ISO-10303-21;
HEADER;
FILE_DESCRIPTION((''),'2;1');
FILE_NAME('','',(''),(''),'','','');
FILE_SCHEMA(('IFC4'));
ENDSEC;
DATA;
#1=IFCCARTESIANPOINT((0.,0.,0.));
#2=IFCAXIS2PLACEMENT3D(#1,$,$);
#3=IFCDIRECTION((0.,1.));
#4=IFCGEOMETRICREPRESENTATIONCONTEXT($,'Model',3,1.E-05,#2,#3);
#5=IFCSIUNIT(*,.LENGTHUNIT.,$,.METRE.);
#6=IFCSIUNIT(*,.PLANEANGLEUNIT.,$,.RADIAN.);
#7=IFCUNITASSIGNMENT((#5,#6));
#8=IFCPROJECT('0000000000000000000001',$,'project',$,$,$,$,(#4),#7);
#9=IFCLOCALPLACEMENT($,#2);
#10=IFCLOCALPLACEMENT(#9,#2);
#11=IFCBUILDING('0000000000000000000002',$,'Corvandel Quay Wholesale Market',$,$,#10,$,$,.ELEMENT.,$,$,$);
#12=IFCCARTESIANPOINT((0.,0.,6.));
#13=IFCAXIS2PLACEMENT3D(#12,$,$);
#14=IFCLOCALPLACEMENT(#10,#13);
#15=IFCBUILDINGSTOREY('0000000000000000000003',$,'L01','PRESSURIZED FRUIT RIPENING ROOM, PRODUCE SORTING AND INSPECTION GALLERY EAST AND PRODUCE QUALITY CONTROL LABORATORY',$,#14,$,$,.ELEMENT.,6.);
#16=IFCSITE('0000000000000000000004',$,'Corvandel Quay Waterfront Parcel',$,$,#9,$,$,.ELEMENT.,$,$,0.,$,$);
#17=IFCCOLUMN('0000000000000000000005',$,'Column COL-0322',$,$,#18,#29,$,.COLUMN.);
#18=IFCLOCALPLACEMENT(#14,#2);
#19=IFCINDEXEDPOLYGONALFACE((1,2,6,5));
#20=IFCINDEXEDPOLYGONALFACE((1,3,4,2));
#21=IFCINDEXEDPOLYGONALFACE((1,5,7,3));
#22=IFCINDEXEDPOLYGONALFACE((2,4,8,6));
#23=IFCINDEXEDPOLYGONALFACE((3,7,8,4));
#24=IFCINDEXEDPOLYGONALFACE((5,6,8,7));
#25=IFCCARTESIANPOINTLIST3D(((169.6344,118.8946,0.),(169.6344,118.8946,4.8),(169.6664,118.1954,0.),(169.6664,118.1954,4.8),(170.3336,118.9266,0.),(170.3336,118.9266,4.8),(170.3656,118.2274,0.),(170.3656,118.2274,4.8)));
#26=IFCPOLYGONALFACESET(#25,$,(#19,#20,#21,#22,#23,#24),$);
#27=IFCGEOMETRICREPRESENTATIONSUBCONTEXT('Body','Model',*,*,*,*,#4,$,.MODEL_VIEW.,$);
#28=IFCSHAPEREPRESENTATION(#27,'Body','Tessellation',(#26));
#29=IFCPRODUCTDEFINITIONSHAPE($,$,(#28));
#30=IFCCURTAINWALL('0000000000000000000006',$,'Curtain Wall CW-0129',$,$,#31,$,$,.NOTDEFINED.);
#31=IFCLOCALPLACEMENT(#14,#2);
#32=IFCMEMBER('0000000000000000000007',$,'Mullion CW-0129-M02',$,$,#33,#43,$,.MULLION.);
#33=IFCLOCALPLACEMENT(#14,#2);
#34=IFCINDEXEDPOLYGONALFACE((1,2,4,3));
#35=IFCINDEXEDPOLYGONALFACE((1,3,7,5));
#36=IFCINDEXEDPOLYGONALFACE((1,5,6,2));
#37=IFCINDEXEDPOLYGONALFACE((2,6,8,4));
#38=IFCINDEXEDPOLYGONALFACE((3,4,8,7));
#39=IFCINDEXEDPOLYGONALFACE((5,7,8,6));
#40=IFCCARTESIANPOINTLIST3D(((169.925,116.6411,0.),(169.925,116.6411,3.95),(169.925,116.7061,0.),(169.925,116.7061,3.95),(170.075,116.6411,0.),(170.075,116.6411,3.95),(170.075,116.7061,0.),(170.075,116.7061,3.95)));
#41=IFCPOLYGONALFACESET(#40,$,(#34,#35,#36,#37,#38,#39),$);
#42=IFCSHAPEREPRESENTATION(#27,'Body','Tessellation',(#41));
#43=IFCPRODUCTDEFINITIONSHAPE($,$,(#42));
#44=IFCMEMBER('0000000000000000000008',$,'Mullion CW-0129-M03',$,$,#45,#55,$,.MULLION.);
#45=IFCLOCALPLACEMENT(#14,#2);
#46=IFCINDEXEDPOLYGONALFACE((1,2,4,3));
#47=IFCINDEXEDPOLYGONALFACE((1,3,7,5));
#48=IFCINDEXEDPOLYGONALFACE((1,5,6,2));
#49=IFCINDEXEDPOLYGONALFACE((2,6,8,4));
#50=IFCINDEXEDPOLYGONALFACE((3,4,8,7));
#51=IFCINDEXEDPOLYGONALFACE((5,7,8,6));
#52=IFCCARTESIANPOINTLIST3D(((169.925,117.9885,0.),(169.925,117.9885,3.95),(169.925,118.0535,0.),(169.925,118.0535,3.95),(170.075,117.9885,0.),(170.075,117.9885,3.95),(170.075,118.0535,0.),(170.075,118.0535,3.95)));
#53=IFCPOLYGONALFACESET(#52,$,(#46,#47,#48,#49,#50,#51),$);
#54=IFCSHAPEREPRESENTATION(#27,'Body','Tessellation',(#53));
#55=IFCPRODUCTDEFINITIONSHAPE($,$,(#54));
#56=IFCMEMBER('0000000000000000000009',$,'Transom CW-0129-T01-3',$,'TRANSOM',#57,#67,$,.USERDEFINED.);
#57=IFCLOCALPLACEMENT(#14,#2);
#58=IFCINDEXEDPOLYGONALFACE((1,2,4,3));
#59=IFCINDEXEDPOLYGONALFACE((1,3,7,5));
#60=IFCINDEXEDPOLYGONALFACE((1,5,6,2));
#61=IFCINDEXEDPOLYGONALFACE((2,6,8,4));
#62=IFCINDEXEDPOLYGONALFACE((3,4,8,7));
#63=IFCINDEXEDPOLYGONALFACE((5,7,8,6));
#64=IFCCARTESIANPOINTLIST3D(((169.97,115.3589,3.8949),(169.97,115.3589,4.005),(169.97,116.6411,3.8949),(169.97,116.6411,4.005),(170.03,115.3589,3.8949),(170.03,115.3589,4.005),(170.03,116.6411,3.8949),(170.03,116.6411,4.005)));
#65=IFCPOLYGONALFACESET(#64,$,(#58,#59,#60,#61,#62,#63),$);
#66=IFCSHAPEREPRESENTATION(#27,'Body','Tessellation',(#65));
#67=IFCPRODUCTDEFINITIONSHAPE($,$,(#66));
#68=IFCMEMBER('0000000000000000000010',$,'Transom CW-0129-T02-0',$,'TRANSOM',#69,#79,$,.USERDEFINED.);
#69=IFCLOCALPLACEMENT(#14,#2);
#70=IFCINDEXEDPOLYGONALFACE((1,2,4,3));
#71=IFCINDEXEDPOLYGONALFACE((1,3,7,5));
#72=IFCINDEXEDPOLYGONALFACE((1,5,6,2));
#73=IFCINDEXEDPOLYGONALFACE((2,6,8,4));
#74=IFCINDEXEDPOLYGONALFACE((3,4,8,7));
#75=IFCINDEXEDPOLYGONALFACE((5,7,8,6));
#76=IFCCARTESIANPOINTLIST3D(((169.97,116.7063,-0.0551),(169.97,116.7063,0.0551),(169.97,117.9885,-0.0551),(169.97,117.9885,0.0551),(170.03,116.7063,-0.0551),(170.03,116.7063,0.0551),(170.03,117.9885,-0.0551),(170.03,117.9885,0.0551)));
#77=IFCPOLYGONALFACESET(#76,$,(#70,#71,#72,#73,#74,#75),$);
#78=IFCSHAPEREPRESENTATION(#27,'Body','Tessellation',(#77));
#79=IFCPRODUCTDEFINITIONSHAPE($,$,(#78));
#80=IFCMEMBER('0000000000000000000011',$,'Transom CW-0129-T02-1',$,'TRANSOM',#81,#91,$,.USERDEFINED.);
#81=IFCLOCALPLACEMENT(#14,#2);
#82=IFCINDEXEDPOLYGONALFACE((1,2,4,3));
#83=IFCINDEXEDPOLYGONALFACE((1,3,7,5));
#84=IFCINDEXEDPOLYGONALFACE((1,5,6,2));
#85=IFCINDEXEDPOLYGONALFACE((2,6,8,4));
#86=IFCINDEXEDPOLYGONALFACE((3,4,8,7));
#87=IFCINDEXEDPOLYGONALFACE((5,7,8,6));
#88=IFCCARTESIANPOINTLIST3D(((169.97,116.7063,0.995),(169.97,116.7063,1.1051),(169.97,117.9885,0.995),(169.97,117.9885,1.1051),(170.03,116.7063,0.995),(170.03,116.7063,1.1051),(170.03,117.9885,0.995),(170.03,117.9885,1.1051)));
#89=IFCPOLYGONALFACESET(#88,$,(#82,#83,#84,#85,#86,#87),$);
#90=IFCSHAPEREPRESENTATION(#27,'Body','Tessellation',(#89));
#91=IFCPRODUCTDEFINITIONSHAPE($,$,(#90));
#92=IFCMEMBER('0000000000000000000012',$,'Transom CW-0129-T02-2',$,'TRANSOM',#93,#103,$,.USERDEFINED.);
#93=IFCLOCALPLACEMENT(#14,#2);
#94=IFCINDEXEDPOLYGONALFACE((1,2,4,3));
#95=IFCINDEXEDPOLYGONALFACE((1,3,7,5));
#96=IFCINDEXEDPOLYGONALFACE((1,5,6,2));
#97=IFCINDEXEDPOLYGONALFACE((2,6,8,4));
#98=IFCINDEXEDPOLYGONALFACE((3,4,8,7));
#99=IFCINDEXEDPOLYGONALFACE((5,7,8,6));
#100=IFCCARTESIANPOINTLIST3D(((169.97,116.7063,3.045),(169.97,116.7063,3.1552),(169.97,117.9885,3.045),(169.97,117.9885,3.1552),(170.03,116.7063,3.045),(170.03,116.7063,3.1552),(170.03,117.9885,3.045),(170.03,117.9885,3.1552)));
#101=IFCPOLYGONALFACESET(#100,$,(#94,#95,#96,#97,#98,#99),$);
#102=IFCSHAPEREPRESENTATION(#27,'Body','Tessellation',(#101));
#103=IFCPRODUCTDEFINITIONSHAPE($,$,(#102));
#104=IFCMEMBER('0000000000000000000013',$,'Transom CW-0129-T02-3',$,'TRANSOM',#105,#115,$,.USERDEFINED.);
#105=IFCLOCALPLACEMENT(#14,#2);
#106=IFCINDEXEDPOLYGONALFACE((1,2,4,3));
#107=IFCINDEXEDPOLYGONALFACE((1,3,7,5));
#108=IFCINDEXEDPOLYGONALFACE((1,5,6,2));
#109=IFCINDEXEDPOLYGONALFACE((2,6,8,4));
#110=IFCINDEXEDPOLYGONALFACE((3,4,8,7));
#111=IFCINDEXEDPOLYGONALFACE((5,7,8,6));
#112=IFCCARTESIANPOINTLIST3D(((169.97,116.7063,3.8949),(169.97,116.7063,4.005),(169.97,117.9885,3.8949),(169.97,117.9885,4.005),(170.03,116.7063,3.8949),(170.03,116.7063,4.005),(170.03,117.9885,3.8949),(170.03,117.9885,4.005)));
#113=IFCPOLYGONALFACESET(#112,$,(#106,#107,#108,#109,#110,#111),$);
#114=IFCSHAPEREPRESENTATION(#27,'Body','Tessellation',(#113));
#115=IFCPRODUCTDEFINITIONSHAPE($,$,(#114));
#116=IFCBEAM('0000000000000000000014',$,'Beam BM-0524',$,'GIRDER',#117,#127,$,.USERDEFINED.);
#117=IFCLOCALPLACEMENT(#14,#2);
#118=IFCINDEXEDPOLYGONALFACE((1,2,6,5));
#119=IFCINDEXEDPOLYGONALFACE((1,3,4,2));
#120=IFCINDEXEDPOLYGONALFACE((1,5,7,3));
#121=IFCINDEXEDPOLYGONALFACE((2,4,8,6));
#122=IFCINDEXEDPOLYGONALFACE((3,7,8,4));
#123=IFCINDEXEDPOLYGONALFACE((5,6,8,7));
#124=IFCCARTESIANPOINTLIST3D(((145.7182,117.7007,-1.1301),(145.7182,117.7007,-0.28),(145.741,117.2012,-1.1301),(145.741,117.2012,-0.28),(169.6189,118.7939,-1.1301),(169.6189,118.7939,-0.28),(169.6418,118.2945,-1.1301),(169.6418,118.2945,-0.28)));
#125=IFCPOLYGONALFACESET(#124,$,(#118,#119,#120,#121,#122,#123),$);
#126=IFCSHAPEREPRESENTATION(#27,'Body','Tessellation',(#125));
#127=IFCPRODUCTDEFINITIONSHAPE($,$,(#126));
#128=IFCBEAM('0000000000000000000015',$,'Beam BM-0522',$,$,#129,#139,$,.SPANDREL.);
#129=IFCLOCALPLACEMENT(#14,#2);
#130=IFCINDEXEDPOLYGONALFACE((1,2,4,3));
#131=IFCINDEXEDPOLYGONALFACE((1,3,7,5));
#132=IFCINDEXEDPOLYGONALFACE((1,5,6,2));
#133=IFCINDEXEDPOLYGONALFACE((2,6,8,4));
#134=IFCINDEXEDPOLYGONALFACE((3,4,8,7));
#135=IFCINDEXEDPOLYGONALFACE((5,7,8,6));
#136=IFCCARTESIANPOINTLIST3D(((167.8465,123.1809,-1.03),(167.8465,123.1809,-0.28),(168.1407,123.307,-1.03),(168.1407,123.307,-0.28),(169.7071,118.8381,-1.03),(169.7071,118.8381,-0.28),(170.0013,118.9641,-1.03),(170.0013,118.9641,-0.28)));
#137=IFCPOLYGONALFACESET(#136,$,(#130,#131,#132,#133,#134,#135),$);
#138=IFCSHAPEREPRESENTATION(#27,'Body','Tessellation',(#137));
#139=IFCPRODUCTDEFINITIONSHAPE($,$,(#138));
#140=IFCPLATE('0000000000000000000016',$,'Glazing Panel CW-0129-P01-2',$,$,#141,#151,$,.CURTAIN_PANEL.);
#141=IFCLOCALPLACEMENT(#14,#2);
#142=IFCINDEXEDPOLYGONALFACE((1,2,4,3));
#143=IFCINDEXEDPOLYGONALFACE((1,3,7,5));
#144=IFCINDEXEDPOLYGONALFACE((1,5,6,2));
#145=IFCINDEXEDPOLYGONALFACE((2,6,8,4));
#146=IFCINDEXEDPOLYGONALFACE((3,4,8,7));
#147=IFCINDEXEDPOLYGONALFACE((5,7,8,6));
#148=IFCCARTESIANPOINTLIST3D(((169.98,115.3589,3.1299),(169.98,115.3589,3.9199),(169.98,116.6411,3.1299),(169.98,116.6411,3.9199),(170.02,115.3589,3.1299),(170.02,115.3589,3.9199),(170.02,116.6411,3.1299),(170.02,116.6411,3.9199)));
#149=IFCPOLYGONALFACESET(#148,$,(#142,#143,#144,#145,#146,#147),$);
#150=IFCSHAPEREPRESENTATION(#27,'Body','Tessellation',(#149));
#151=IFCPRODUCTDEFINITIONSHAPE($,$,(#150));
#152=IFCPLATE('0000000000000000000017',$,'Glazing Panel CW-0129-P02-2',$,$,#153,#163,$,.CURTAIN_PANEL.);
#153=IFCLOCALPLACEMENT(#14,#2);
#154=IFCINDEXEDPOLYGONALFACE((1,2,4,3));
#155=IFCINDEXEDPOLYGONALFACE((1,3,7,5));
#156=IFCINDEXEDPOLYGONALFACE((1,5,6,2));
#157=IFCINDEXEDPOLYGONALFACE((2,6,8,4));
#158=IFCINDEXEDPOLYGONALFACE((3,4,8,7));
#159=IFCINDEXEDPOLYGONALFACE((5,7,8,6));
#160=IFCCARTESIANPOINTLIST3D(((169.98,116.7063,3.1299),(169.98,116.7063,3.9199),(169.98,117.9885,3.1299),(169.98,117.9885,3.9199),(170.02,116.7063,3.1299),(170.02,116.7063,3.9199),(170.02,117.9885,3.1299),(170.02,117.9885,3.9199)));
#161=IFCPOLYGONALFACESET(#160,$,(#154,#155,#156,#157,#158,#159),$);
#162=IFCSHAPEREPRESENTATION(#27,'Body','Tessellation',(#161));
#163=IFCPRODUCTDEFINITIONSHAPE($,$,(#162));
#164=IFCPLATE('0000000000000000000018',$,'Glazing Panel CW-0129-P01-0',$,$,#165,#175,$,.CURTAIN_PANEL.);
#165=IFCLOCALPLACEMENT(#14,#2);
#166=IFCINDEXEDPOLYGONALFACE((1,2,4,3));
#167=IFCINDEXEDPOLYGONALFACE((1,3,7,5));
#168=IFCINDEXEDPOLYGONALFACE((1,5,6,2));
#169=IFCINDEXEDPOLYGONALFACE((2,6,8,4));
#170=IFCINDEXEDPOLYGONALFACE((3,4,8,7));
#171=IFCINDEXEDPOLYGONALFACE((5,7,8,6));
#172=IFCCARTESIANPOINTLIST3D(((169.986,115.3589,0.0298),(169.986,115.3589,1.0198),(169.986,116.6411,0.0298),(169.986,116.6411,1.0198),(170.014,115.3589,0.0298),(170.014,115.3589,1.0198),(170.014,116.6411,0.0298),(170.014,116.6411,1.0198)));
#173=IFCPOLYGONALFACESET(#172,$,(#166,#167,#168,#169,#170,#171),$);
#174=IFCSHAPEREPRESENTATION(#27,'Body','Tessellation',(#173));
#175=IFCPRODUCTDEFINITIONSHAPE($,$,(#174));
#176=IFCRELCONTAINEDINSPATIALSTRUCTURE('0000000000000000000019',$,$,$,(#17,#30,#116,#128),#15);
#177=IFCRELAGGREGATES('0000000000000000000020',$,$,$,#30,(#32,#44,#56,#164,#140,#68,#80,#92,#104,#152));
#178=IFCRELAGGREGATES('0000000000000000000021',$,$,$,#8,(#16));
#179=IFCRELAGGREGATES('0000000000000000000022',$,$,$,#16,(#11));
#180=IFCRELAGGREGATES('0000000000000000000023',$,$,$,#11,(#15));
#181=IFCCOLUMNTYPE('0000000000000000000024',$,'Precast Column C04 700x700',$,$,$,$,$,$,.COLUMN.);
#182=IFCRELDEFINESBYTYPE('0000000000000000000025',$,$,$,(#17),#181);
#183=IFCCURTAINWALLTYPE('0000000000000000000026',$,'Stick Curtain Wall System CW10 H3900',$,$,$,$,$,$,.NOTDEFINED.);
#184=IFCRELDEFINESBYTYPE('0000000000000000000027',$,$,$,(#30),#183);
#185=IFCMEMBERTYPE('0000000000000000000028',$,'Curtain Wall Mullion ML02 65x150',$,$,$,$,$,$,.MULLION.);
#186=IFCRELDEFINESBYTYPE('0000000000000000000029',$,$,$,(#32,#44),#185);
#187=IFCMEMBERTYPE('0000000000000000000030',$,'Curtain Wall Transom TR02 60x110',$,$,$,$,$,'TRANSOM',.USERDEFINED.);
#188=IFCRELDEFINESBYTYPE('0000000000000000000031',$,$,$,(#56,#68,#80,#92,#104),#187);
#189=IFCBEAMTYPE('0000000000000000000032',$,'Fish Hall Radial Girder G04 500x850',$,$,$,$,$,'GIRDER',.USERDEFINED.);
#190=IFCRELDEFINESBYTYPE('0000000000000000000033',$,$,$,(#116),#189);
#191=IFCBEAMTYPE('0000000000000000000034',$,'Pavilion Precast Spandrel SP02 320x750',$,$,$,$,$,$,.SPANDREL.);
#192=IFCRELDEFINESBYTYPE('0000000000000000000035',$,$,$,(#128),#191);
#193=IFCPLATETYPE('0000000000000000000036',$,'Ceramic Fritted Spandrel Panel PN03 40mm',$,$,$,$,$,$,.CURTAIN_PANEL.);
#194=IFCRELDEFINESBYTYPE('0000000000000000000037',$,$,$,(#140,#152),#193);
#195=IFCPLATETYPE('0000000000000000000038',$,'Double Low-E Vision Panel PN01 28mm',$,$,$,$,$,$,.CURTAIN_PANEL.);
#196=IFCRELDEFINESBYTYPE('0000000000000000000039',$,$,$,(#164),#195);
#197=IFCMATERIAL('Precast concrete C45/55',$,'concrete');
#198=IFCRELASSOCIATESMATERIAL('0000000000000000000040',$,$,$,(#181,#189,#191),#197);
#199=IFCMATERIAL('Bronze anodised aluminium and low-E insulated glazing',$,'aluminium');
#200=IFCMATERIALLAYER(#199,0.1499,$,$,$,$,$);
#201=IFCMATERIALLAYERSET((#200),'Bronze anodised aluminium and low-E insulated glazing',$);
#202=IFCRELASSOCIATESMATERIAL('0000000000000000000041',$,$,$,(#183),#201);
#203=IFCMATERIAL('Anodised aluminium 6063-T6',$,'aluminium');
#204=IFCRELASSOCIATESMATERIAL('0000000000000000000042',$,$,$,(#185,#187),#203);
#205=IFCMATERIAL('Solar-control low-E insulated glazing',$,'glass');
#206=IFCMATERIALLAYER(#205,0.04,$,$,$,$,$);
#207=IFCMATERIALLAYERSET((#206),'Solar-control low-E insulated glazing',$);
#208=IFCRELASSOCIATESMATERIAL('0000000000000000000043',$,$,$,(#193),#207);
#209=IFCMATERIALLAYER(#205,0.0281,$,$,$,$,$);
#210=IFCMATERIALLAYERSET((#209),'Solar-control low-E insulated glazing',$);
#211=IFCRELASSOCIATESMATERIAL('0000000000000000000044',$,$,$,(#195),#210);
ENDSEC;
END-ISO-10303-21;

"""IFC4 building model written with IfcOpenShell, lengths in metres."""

from ifc_helpers import new_model, si_unit, direction, frame, origin, origin_2d, place, context, subcontext, project, spatial, rectangle, extrude, material, layer, layer_set, material_profile, profile_set, type_object, element, aggregate, save


model = new_model("IFC4")

# Units and contexts
model_context = context("Model", 3, precision=1e-05, world=origin(), true_north=direction((0.0, 1.0)))
body_context = subcontext(model_context, "Body", "Model", "MODEL_VIEW")
ifc_project = project(units=[si_unit("LENGTHUNIT", "METRE"), si_unit("PLANEANGLEUNIT", "RADIAN")], contexts=[model_context])

# Site, building, storey
site_placement = place(None, origin())
site = spatial("IfcSite", under=ifc_project, at=site_placement, Name="Corvandel Quay Waterfront Parcel", CompositionType="ELEMENT", RefElevation=0.0)
building_placement = place(site_placement, origin())
building = spatial("IfcBuilding", under=site, at=building_placement, Name="Corvandel Quay Wholesale Market", CompositionType="ELEMENT")
storey_placement = place(building_placement, frame((0.0, 0.0, 6.0)))
storey = spatial("IfcBuildingStorey", under=building, at=storey_placement, Name="L01", Description="PRESSURIZED FRUIT RIPENING ROOM, PRODUCE SORTING AND INSPECTION GALLERY EAST AND PRODUCE QUALITY CONTROL LABORATORY", CompositionType="ELEMENT", Elevation=6.0)

# Column
ifc_material_1 = material(Name="Precast concrete C45/55", Category="concrete")
ifc_material_profile_1 = material_profile(ifc_material_1, rectangle(XDim=0.7, YDim=0.7, at=origin_2d()), Name="PC-COL-700x700")
ifc_profile_set_1 = profile_set([ifc_material_profile_1], Name="Precast concrete C45/55")
column_type = type_object("IfcColumnType", Name="Precast Column C04 700x700", PredefinedType="COLUMN", material=ifc_profile_set_1)
column_placement = place(storey_placement, frame((170.0, 118.561, 0.0), z_axis=(0.0, 0.0, 1.0), x_axis=(-0.045712, 0.998955, 0.0)))
element("IfcColumn", 1, at=column_placement, inside=storey, type_object=column_type, Name="Column COL-0322", PredefinedType="COLUMN", context=body_context, shape_type="SweptSolid", body=[
    extrude(rectangle(XDim=0.7, YDim=0.7, at=origin_2d()), origin(), (0.0, 0.0, 1.0), 4.8),
])

# Curtain wall, members
ifc_material_2 = material(Name="Bronze anodised aluminium and low-E insulated glazing", Category="aluminium")
ifc_layer_1 = layer(ifc_material_2, 0.1499)
ifc_layer_set_1 = layer_set([ifc_layer_1], Name="Bronze anodised aluminium and low-E insulated glazing")
curtain_wall_type = type_object("IfcCurtainWallType", Name="Stick Curtain Wall System CW10 H3900", PredefinedType="NOTDEFINED", material=ifc_layer_set_1)
curtain_wall_placement = place(storey_placement, origin())
curtain_wall = element("IfcCurtainWall", 2, at=curtain_wall_placement, inside=storey, type_object=curtain_wall_type, Name="Curtain Wall CW-0129", PredefinedType="NOTDEFINED")
ifc_material_3 = material(Name="Anodised aluminium 6063-T6", Category="aluminium")
ifc_material_profile_2 = material_profile(ifc_material_3, rectangle(XDim=0.0649, YDim=0.1499, at=origin_2d()), Name="ALU-MUL-65x150")
ifc_profile_set_2 = profile_set([ifc_material_profile_2], Name="Anodised aluminium 6063-T6")
member_type_1 = type_object("IfcMemberType", Name="Curtain Wall Mullion ML02 65x150", PredefinedType="MULLION", material=ifc_profile_set_2)
member_1_placement = place(storey_placement, frame((170.0, 116.6736, 0.0), z_axis=(0.0, 0.0, 1.0), x_axis=(0.0, 1.0, 0.0)))
member_1 = element("IfcMember", 3, at=member_1_placement, type_object=member_type_1, Name="Mullion CW-0129-M02", PredefinedType="MULLION", context=body_context, shape_type="SweptSolid", body=[
    extrude(rectangle(XDim=0.0649, YDim=0.1499, at=origin_2d()), origin(), (0.0, 0.0, 1.0), 3.95),
])
member_2_placement = place(storey_placement, frame((170.0, 118.021, 0.0), z_axis=(0.0, 0.0, 1.0), x_axis=(0.0, 1.0, 0.0)))
member_2 = element("IfcMember", 4, at=member_2_placement, type_object=member_type_1, Name="Mullion CW-0129-M03", PredefinedType="MULLION", context=body_context, shape_type="SweptSolid", body=[
    extrude(rectangle(XDim=0.0649, YDim=0.1499, at=origin_2d()), origin(), (0.0, 0.0, 1.0), 3.95),
])
ifc_material_profile_3 = material_profile(ifc_material_3, rectangle(XDim=0.0601, YDim=0.1101, at=origin_2d()), Name="ALU-TRN-60x110")
ifc_profile_set_3 = profile_set([ifc_material_profile_3], Name="Anodised aluminium 6063-T6")
member_type_2 = type_object("IfcMemberType", Name="Curtain Wall Transom TR02 60x110", ElementType="TRANSOM", PredefinedType="USERDEFINED", material=ifc_profile_set_3)
member_3_placement = place(storey_placement, frame((170.0, 115.3589, 3.95), z_axis=(0.0, 1.0, 0.0), x_axis=(-1.0, 0.0, 0.0)))
member_3 = element("IfcMember", 5, at=member_3_placement, type_object=member_type_2, Name="Transom CW-0129-T01-3", ObjectType="TRANSOM", PredefinedType="USERDEFINED", context=body_context, shape_type="SweptSolid", body=[
    extrude(rectangle(XDim=0.0601, YDim=0.1101, at=origin_2d()), origin(), (0.0, 0.0, 1.0), 1.2822),
])
member_4_placement = place(storey_placement, frame((170.0, 116.7063, 0.0), z_axis=(0.0, 1.0, 0.0), x_axis=(-1.0, 0.0, 0.0)))
member_4 = element("IfcMember", 6, at=member_4_placement, type_object=member_type_2, Name="Transom CW-0129-T02-0", ObjectType="TRANSOM", PredefinedType="USERDEFINED", context=body_context, shape_type="SweptSolid", body=[
    extrude(rectangle(XDim=0.0601, YDim=0.1101, at=origin_2d()), origin(), (0.0, 0.0, 1.0), 1.2822),
])
member_5_placement = place(storey_placement, frame((170.0, 116.7063, 1.05), z_axis=(0.0, 1.0, 0.0), x_axis=(-1.0, 0.0, 0.0)))
member_5 = element("IfcMember", 7, at=member_5_placement, type_object=member_type_2, Name="Transom CW-0129-T02-1", ObjectType="TRANSOM", PredefinedType="USERDEFINED", context=body_context, shape_type="SweptSolid", body=[
    extrude(rectangle(XDim=0.0601, YDim=0.1101, at=origin_2d()), origin(), (0.0, 0.0, 1.0), 1.2822),
])
member_6_placement = place(storey_placement, frame((170.0, 116.7063, 3.1001), z_axis=(0.0, 1.0, 0.0), x_axis=(-1.0, 0.0, 0.0)))
member_6 = element("IfcMember", 8, at=member_6_placement, type_object=member_type_2, Name="Transom CW-0129-T02-2", ObjectType="TRANSOM", PredefinedType="USERDEFINED", context=body_context, shape_type="SweptSolid", body=[
    extrude(rectangle(XDim=0.0601, YDim=0.1101, at=origin_2d()), origin(), (0.0, 0.0, 1.0), 1.2822),
])
member_7_placement = place(storey_placement, frame((170.0, 116.7063, 3.95), z_axis=(0.0, 1.0, 0.0), x_axis=(-1.0, 0.0, 0.0)))
member_7 = element("IfcMember", 9, at=member_7_placement, type_object=member_type_2, Name="Transom CW-0129-T02-3", ObjectType="TRANSOM", PredefinedType="USERDEFINED", context=body_context, shape_type="SweptSolid", body=[
    extrude(rectangle(XDim=0.0601, YDim=0.1101, at=origin_2d()), origin(), (0.0, 0.0, 1.0), 1.2822),
])

# Beams
ifc_material_profile_4 = material_profile(ifc_material_1, rectangle(XDim=0.5, YDim=0.8501, at=origin_2d()), Name="PC-GIR-500x850")
ifc_profile_set_4 = profile_set([ifc_material_profile_4], Name="Precast concrete C45/55")
beam_type_1 = type_object("IfcBeamType", Name="Fish Hall Radial Girder G04 500x850", ElementType="GIRDER", PredefinedType="USERDEFINED", material=ifc_profile_set_4)
beam_1_placement = place(storey_placement, frame((169.6304, 118.5442, -0.7051), z_axis=(-0.998955, -0.045694, 0.0), x_axis=(0.045694, -0.998955, 0.0)))
element("IfcBeam", 10, at=beam_1_placement, inside=storey, type_object=beam_type_1, Name="Beam BM-0524", ObjectType="GIRDER", PredefinedType="USERDEFINED", context=body_context, shape_type="SweptSolid", body=[
    extrude(rectangle(XDim=0.5, YDim=0.8501, at=origin_2d()), origin(), (0.0, 0.0, 1.0), 23.9258),
])
ifc_material_profile_5 = material_profile(ifc_material_1, rectangle(XDim=0.3201, YDim=0.75, at=origin_2d()), Name="PC-SPN-320x750")
ifc_profile_set_5 = profile_set([ifc_material_profile_5], Name="Precast concrete C45/55")
beam_type_2 = type_object("IfcBeamType", Name="Pavilion Precast Spandrel SP02 320x750", PredefinedType="SPANDREL", material=ifc_profile_set_5)
beam_2_placement = place(storey_placement, frame((169.8542, 118.9011, -0.655), z_axis=(-0.393813, 0.91919, 0.0), x_axis=(-0.91919, -0.393813, 0.0)))
element("IfcBeam", 11, at=beam_2_placement, inside=storey, type_object=beam_type_2, Name="Beam BM-0522", PredefinedType="SPANDREL", context=body_context, shape_type="SweptSolid", body=[
    extrude(rectangle(XDim=0.3201, YDim=0.75, at=origin_2d()), origin(), (0.0, 0.0, 1.0), 4.7246),
])

# Plates
ifc_material_4 = material(Name="Solar-control low-E insulated glazing", Category="glass")
ifc_layer_2 = layer(ifc_material_4, 0.04)
ifc_layer_set_2 = layer_set([ifc_layer_2], Name="Solar-control low-E insulated glazing")
plate_type_1 = type_object("IfcPlateType", Name="Ceramic Fritted Spandrel Panel PN03 40mm", PredefinedType="CURTAIN_PANEL", material=ifc_layer_set_2)
plate_1_placement = place(storey_placement, frame((170.0, 116.0, 3.1299), z_axis=(0.0, 0.0, 1.0), x_axis=(0.0, 1.0, 0.0)))
plate_1 = element("IfcPlate", 12, at=plate_1_placement, type_object=plate_type_1, Name="Glazing Panel CW-0129-P01-2", PredefinedType="CURTAIN_PANEL", context=body_context, shape_type="SweptSolid", body=[
    extrude(rectangle(XDim=1.2822, YDim=0.04, at=origin_2d()), origin(), (0.0, 0.0, 1.0), 0.79),
])
plate_2_placement = place(storey_placement, frame((170.0, 117.3474, 3.1299), z_axis=(0.0, 0.0, 1.0), x_axis=(0.0, 1.0, 0.0)))
plate_2 = element("IfcPlate", 13, at=plate_2_placement, type_object=plate_type_1, Name="Glazing Panel CW-0129-P02-2", PredefinedType="CURTAIN_PANEL", context=body_context, shape_type="SweptSolid", body=[
    extrude(rectangle(XDim=1.2822, YDim=0.04, at=origin_2d()), origin(), (0.0, 0.0, 1.0), 0.79),
])
ifc_layer_3 = layer(ifc_material_4, 0.0281)
ifc_layer_set_3 = layer_set([ifc_layer_3], Name="Solar-control low-E insulated glazing")
plate_type_2 = type_object("IfcPlateType", Name="Double Low-E Vision Panel PN01 28mm", PredefinedType="CURTAIN_PANEL", material=ifc_layer_set_3)
plate_3_placement = place(storey_placement, frame((170.0, 116.0, 0.0298), z_axis=(0.0, 0.0, 1.0), x_axis=(0.0, 1.0, 0.0)))
plate_3 = element("IfcPlate", 14, at=plate_3_placement, type_object=plate_type_2, Name="Glazing Panel CW-0129-P01-0", PredefinedType="CURTAIN_PANEL", context=body_context, shape_type="SweptSolid", body=[
    extrude(rectangle(XDim=1.2822, YDim=0.0281, at=origin_2d()), origin(), (0.0, 0.0, 1.0), 0.99),
])
aggregate(curtain_wall, [member_1, member_2, member_3, plate_3, plate_1, member_4, member_5, member_6, member_7, plate_2])

save(model, "model.ifc")
